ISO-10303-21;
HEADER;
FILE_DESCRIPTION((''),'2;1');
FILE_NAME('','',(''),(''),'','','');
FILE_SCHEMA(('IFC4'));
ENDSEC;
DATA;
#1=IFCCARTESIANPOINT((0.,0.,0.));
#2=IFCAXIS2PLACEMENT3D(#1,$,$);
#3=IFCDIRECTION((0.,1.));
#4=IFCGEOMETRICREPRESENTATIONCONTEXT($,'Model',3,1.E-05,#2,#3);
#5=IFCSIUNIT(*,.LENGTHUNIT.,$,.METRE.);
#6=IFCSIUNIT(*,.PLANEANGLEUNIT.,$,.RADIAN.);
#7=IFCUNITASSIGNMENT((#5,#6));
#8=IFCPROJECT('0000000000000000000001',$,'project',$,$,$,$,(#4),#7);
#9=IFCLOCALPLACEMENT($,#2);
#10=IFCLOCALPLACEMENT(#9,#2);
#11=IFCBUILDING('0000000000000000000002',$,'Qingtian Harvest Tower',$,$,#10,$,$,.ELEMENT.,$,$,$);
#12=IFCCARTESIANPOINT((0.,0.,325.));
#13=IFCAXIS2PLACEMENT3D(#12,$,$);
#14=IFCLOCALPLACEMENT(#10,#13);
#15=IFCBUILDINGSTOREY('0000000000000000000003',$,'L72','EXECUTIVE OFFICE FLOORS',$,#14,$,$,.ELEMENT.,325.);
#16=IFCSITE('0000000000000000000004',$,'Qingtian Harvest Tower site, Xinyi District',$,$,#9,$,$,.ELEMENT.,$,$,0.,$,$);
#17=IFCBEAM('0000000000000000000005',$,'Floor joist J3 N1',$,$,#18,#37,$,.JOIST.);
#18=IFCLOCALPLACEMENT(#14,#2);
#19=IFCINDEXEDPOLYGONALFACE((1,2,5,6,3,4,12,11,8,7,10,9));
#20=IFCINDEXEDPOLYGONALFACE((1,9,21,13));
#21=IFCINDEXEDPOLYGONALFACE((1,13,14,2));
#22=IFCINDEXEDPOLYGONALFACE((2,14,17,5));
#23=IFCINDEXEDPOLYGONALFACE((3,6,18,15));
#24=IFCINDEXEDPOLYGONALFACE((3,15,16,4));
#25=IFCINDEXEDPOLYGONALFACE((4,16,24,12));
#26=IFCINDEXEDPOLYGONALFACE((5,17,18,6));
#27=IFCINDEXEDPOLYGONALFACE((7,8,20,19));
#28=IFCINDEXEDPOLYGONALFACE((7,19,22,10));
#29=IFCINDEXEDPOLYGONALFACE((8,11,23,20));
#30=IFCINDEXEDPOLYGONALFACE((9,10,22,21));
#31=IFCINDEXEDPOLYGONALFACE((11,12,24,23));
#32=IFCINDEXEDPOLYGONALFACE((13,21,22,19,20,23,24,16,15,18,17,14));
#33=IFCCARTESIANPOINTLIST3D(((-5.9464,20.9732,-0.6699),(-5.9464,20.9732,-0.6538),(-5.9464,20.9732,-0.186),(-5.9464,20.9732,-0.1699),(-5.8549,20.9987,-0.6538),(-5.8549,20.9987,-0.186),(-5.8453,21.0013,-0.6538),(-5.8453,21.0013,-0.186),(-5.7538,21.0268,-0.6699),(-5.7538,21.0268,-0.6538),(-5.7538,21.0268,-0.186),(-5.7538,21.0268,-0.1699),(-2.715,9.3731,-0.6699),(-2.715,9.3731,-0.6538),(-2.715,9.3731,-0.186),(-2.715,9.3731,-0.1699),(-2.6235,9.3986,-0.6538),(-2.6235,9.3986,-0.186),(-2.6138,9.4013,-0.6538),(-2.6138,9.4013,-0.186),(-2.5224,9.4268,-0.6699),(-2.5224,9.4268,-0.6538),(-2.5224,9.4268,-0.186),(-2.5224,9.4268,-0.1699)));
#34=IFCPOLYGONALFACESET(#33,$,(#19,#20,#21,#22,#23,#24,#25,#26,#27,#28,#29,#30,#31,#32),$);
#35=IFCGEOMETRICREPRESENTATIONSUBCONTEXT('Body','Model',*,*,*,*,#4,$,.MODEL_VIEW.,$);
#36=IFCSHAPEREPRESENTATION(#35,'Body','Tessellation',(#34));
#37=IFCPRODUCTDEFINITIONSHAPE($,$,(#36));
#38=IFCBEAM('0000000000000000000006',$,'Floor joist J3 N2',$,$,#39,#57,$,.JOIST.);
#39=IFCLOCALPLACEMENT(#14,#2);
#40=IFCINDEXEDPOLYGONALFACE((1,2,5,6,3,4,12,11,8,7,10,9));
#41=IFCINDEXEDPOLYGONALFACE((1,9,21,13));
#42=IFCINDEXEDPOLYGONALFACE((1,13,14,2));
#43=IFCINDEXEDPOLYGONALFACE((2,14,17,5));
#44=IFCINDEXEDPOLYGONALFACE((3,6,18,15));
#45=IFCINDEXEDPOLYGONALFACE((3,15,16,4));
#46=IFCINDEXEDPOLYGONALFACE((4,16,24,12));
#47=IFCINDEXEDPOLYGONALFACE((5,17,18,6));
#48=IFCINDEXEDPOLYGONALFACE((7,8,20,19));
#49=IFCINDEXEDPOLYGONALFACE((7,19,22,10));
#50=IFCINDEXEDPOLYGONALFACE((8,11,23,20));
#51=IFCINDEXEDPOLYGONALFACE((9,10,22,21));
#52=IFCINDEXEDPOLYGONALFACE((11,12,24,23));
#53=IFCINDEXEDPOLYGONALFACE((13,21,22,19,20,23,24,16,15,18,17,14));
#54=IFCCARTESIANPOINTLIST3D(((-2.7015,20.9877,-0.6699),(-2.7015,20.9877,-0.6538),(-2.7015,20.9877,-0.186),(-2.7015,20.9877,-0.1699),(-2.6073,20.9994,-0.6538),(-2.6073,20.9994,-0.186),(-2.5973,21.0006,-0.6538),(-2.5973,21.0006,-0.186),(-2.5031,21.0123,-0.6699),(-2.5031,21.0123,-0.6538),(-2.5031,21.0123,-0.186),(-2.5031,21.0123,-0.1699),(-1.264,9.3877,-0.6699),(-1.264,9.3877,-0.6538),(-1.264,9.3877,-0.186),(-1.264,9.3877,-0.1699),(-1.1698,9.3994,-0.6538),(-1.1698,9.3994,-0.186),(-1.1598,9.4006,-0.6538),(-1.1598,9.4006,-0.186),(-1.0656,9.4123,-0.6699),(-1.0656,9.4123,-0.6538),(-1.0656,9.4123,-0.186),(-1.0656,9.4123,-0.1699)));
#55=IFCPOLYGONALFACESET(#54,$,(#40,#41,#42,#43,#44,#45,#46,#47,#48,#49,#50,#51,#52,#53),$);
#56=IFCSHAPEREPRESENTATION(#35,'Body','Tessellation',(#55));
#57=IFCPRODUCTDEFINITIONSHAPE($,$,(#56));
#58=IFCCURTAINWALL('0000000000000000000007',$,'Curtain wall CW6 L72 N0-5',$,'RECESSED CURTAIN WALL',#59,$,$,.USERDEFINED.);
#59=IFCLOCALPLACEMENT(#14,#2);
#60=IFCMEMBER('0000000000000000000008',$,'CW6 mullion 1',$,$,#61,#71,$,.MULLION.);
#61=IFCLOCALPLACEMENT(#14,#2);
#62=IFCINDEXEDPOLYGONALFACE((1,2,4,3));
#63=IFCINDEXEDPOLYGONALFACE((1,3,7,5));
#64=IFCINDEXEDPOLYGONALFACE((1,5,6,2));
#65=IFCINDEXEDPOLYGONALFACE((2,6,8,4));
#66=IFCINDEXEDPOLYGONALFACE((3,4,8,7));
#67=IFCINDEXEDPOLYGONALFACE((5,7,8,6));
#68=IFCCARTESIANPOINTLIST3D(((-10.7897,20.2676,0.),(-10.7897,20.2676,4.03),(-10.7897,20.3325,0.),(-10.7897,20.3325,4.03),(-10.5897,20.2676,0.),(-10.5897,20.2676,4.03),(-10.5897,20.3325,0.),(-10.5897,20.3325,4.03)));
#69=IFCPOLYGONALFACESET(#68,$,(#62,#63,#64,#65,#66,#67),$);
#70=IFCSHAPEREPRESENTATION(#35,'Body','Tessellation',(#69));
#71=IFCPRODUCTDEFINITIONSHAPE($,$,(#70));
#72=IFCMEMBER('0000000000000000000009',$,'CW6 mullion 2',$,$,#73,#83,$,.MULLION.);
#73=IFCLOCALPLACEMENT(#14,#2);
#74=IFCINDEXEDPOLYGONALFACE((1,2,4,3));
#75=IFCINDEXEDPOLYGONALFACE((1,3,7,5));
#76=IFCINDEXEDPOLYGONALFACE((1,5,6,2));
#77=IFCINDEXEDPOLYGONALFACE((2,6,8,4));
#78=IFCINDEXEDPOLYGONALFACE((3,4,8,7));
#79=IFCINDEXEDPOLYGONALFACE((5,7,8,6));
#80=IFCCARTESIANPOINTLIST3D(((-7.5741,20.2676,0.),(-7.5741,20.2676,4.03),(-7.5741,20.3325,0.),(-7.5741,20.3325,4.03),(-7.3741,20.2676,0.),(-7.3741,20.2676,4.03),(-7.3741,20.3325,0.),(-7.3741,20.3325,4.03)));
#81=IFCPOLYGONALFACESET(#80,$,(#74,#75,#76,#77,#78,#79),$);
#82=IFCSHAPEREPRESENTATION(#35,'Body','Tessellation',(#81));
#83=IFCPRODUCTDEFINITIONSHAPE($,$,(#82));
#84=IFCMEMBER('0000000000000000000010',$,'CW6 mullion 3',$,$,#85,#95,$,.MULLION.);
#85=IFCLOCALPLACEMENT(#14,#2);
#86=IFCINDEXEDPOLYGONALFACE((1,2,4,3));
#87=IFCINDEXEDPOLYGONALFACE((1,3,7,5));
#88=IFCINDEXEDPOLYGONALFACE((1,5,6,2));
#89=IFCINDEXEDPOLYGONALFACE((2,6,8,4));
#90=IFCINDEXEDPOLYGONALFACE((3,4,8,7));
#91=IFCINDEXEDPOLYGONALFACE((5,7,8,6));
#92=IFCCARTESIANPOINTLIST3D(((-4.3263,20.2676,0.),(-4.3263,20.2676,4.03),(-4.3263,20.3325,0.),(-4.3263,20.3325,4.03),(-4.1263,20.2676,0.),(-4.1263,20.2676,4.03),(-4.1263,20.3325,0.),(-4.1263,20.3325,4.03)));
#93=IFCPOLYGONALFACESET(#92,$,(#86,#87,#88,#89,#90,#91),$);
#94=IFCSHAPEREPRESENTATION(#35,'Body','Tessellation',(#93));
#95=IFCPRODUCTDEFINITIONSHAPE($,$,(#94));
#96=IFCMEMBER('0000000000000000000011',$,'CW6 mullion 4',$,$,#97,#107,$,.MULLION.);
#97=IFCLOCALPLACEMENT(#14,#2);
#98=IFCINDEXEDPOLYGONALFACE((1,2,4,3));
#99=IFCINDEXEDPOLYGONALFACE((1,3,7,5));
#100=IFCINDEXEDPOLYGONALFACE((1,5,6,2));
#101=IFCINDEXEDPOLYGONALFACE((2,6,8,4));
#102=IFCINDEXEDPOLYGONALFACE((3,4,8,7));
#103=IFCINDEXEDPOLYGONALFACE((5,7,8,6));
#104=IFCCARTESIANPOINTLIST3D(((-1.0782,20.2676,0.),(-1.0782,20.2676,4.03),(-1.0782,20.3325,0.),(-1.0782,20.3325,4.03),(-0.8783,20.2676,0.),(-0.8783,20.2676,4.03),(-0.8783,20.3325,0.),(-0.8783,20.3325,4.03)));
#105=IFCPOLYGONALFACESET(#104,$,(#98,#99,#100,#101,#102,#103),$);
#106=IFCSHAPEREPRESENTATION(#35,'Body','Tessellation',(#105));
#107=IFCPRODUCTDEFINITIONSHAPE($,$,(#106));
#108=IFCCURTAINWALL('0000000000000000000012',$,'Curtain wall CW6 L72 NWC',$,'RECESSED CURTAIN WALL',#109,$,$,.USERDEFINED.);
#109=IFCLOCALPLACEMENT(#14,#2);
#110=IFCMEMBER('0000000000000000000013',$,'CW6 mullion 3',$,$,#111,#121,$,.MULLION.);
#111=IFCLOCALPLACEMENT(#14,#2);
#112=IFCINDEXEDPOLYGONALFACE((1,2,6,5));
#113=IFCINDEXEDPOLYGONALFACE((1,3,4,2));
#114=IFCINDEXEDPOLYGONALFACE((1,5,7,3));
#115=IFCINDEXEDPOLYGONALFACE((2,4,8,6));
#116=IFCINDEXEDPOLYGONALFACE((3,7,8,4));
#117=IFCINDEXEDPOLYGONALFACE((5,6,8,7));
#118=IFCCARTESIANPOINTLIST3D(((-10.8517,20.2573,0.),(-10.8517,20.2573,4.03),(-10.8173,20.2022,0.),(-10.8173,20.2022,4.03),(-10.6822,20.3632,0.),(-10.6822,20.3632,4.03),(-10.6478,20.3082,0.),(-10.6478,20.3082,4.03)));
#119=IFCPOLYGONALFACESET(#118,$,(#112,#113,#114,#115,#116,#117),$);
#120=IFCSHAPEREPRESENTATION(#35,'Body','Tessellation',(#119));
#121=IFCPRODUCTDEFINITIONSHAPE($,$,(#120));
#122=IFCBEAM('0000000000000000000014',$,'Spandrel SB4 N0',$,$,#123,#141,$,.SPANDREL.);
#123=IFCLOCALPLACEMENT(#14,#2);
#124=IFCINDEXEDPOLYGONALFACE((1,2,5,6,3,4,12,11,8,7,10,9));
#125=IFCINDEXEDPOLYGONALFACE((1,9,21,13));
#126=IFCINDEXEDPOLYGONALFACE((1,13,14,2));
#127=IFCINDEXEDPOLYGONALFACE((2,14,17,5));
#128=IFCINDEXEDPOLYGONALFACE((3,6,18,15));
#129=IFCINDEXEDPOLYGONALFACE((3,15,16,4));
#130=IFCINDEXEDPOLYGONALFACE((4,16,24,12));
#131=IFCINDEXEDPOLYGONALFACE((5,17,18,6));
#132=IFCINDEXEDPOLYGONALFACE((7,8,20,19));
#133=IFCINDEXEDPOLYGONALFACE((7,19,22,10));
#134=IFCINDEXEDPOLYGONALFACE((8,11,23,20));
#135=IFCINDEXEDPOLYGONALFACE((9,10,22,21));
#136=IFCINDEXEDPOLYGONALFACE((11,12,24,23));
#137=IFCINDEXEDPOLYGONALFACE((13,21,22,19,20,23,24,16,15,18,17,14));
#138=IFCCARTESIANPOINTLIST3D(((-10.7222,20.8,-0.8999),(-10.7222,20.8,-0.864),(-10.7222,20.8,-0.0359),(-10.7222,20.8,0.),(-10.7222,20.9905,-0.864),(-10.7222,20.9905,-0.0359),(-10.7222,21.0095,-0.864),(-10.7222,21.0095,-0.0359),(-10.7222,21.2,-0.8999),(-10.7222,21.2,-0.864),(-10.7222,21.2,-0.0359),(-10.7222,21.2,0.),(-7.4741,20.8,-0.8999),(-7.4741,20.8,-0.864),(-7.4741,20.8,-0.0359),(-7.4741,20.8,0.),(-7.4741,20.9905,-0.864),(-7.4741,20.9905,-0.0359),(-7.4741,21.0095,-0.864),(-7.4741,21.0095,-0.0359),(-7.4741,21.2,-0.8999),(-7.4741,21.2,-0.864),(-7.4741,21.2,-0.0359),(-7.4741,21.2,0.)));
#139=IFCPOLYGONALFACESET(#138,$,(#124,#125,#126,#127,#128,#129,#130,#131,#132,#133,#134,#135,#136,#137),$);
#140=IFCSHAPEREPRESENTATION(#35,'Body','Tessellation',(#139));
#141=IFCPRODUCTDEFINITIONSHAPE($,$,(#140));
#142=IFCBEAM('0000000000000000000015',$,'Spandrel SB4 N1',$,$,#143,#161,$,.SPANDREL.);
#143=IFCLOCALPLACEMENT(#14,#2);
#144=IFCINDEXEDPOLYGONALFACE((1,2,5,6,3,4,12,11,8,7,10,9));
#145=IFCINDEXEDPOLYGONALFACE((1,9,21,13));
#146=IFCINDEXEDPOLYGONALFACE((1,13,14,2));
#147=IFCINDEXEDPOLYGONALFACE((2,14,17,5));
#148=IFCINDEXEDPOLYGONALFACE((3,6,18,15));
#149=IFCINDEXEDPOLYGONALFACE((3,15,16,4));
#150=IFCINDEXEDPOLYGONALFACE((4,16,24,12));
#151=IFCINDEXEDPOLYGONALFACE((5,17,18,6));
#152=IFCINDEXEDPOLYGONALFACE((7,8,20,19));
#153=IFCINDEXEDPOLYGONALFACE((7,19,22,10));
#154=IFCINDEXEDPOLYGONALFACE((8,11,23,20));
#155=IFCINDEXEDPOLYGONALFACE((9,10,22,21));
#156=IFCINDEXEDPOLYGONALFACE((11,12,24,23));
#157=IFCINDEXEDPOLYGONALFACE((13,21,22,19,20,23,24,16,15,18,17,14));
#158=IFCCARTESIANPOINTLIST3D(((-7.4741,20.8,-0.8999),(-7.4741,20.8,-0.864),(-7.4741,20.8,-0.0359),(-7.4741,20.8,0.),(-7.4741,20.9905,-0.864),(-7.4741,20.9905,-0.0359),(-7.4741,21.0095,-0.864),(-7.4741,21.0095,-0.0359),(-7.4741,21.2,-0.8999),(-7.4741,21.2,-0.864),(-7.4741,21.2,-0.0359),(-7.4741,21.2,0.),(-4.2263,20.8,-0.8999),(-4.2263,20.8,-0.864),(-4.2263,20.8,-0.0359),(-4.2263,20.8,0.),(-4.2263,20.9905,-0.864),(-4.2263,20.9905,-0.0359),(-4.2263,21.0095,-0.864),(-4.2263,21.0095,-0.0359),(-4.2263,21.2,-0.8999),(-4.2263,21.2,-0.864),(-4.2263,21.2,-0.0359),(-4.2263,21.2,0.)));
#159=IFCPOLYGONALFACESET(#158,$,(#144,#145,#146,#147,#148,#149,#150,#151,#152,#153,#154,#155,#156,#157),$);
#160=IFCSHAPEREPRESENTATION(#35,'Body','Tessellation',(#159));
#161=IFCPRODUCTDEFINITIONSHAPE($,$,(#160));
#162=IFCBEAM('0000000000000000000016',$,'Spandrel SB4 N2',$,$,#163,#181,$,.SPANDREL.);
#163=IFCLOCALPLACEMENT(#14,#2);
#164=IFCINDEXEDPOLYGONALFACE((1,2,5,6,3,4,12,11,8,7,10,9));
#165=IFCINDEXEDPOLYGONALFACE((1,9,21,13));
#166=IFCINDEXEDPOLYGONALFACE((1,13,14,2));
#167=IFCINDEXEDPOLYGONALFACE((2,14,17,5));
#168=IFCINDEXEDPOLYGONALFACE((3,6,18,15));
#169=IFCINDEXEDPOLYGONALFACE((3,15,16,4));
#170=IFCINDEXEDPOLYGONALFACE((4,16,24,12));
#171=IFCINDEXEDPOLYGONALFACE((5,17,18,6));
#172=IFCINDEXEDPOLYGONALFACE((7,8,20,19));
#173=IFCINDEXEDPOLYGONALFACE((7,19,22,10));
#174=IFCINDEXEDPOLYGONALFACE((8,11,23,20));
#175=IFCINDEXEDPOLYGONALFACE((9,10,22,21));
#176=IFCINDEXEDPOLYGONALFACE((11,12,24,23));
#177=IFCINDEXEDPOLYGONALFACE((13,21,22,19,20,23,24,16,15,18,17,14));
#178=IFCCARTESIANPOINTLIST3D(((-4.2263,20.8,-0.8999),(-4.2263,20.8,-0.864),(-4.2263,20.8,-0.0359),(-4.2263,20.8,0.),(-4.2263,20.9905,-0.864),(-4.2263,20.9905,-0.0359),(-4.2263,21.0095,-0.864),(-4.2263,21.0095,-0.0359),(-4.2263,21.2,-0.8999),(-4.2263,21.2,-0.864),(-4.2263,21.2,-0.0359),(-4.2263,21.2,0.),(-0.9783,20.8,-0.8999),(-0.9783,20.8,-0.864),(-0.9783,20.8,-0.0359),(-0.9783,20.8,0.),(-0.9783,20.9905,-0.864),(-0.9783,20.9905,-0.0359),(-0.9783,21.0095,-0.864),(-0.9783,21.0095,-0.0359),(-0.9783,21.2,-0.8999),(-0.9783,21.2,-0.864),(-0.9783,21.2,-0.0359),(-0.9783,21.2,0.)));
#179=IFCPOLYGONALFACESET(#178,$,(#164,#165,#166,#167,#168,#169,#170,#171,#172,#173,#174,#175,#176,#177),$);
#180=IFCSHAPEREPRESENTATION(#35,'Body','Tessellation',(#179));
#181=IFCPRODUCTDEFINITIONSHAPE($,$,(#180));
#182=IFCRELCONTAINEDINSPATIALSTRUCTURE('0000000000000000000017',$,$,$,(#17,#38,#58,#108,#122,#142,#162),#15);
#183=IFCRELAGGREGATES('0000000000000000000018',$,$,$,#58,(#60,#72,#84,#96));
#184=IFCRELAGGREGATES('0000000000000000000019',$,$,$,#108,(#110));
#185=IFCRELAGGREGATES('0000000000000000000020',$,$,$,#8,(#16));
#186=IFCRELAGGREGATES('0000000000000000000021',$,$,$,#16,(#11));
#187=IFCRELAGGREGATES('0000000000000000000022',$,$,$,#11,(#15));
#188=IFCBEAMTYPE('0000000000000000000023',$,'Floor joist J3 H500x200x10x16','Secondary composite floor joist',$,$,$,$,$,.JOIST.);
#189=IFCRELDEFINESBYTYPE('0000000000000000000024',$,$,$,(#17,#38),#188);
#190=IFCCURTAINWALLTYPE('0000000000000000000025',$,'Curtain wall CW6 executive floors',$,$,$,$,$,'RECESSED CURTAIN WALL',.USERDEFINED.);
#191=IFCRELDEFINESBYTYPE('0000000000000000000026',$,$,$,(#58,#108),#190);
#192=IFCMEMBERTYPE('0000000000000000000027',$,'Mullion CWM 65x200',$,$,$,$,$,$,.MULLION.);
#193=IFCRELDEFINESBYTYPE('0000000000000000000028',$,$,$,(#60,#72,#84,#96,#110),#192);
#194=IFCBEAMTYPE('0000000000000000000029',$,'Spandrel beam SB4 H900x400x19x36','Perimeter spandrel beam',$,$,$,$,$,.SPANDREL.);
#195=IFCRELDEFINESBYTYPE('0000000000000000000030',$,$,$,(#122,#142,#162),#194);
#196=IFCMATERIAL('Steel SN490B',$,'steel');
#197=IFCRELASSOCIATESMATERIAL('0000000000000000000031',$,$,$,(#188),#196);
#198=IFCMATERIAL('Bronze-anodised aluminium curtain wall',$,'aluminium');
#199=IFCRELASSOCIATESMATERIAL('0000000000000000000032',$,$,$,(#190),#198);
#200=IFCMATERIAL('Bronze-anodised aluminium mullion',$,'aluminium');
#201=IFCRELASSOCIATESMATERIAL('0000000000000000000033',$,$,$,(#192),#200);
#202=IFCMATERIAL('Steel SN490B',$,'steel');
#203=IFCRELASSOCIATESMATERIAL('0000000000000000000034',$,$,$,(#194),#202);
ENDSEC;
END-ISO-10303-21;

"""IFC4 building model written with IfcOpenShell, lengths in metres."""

from ifc_helpers import new_model, si_unit, direction, frame, origin, origin_2d, place, context, subcontext, project, spatial, rectangle, i_section, extrude, material, material_profile, profile_set, type_object, element, aggregate, save


model = new_model("IFC4")

# Units and contexts
model_context = context("Model", 3, precision=1e-05, world=origin(), true_north=direction((0.0, 1.0)))
body_context = subcontext(model_context, "Body", "Model", "MODEL_VIEW")
ifc_project = project(units=[si_unit("LENGTHUNIT", "METRE"), si_unit("PLANEANGLEUNIT", "RADIAN")], contexts=[model_context])

# Site, building, storey
site_placement = place(None, origin())
site = spatial("IfcSite", under=ifc_project, at=site_placement, Name="Qingtian Harvest Tower site, Xinyi District", CompositionType="ELEMENT", RefElevation=0.0)
building_placement = place(site_placement, origin())
building = spatial("IfcBuilding", under=site, at=building_placement, Name="Qingtian Harvest Tower", CompositionType="ELEMENT")
storey_placement = place(building_placement, frame((0.0, 0.0, 325.0)))
storey = spatial("IfcBuildingStorey", under=building, at=storey_placement, Name="L72", Description="EXECUTIVE OFFICE FLOORS", CompositionType="ELEMENT", Elevation=325.0)

# Beams
ifc_material_1 = material(Name="Steel SN490B", Category="steel")
ifc_material_profile_1 = material_profile(ifc_material_1, i_section(OverallWidth=0.2, OverallDepth=0.5, WebThickness=0.01, FlangeThickness=0.0161, at=origin_2d()), Name="H500x200x10x16")
ifc_profile_set_1 = profile_set([ifc_material_profile_1], Name="Steel SN490B")
beam_type_1 = type_object("IfcBeamType", Name="Floor joist J3 H500x200x10x16", Description="Secondary composite floor joist", PredefinedType="JOIST", material=ifc_profile_set_1)
beam_1_placement = place(storey_placement, frame((-5.8501, 21.0, -0.4199), z_axis=(0.268353, -0.963321, 0.0), x_axis=(0.963321, 0.268353, 0.0)))
element("IfcBeam", 1, at=beam_1_placement, inside=storey, type_object=beam_type_1, Name="Floor joist J3 N1", PredefinedType="JOIST", context=body_context, shape_type="SweptSolid", body=[
    extrude(i_section(OverallWidth=0.2, OverallDepth=0.5, WebThickness=0.01, FlangeThickness=0.0161, at=origin_2d()), origin(), (0.0, 0.0, 1.0), 12.0417),
])
beam_2_placement = place(storey_placement, frame((-2.6023, 21.0, -0.4199), z_axis=(0.122981, -0.992409, 0.0), x_axis=(0.992409, 0.122981, 0.0)))
element("IfcBeam", 2, at=beam_2_placement, inside=storey, type_object=beam_type_1, Name="Floor joist J3 N2", PredefinedType="JOIST", context=body_context, shape_type="SweptSolid", body=[
    extrude(i_section(OverallWidth=0.2, OverallDepth=0.5, WebThickness=0.01, FlangeThickness=0.0161, at=origin_2d()), origin(), (0.0, 0.0, 1.0), 11.6887),
])

# Curtain wall, members
ifc_material_2 = material(Name="Bronze-anodised aluminium curtain wall", Category="aluminium")
curtain_wall_type = type_object("IfcCurtainWallType", Name="Curtain wall CW6 executive floors", ElementType="RECESSED CURTAIN WALL", PredefinedType="USERDEFINED", material=ifc_material_2)
curtain_wall_1_placement = place(storey_placement, origin())
curtain_wall_1 = element("IfcCurtainWall", 3, at=curtain_wall_1_placement, inside=storey, type_object=curtain_wall_type, Name="Curtain wall CW6 L72 N0-5", ObjectType="RECESSED CURTAIN WALL", PredefinedType="USERDEFINED")
ifc_material_3 = material(Name="Bronze-anodised aluminium mullion", Category="aluminium")
ifc_material_profile_2 = material_profile(ifc_material_3, rectangle(XDim=0.0649, YDim=0.2, at=origin_2d()), Name="AL 65x200")
ifc_profile_set_2 = profile_set([ifc_material_profile_2], Name="Bronze-anodised aluminium mullion")
member_type_1 = type_object("IfcMemberType", Name="Mullion CWM 65x200", PredefinedType="MULLION", material=ifc_profile_set_2)
member_1_placement = place(storey_placement, frame((-10.6897, 20.3, 0.0), z_axis=(0.0, 0.0, 1.0), x_axis=(0.0, 1.0, 0.0)))
member_1 = element("IfcMember", 4, at=member_1_placement, type_object=member_type_1, Name="CW6 mullion 1", PredefinedType="MULLION", context=body_context, shape_type="SweptSolid", body=[
    extrude(rectangle(XDim=0.0649, YDim=0.2, at=origin_2d()), origin(), (0.0, 0.0, 1.0), 4.03),
])
member_2_placement = place(storey_placement, frame((-7.4741, 20.3, 0.0), z_axis=(0.0, 0.0, 1.0), x_axis=(0.0, 1.0, 0.0)))
member_2 = element("IfcMember", 5, at=member_2_placement, type_object=member_type_1, Name="CW6 mullion 2", PredefinedType="MULLION", context=body_context, shape_type="SweptSolid", body=[
    extrude(rectangle(XDim=0.0649, YDim=0.2, at=origin_2d()), origin(), (0.0, 0.0, 1.0), 4.03),
])
member_3_placement = place(storey_placement, frame((-4.2263, 20.3, 0.0), z_axis=(0.0, 0.0, 1.0), x_axis=(0.0, 1.0, 0.0)))
member_3 = element("IfcMember", 6, at=member_3_placement, type_object=member_type_1, Name="CW6 mullion 3", PredefinedType="MULLION", context=body_context, shape_type="SweptSolid", body=[
    extrude(rectangle(XDim=0.0649, YDim=0.2, at=origin_2d()), origin(), (0.0, 0.0, 1.0), 4.03),
])
member_4_placement = place(storey_placement, frame((-0.9783, 20.3, 0.0), z_axis=(0.0, 0.0, 1.0), x_axis=(0.0, 1.0, 0.0)))
member_4 = element("IfcMember", 7, at=member_4_placement, type_object=member_type_1, Name="CW6 mullion 4", PredefinedType="MULLION", context=body_context, shape_type="SweptSolid", body=[
    extrude(rectangle(XDim=0.0649, YDim=0.2, at=origin_2d()), origin(), (0.0, 0.0, 1.0), 4.03),
])

# Curtain wall, member
curtain_wall_2_placement = place(storey_placement, origin())
curtain_wall_2 = element("IfcCurtainWall", 8, at=curtain_wall_2_placement, inside=storey, type_object=curtain_wall_type, Name="Curtain wall CW6 L72 NWC", ObjectType="RECESSED CURTAIN WALL", PredefinedType="USERDEFINED")
member_5_placement = place(storey_placement, frame((-10.7498, 20.2827, 0.0), z_axis=(0.0, 0.0, 1.0), x_axis=(-0.529919, 0.848048, 0.0)))
member_5 = element("IfcMember", 9, at=member_5_placement, type_object=member_type_1, Name="CW6 mullion 3", PredefinedType="MULLION", context=body_context, shape_type="SweptSolid", body=[
    extrude(rectangle(XDim=0.0649, YDim=0.2, at=origin_2d()), origin(), (0.0, 0.0, 1.0), 4.03),
])

# Beams
ifc_material_4 = material(Name="Steel SN490B", Category="steel")
ifc_material_profile_3 = material_profile(ifc_material_4, i_section(OverallWidth=0.3999, OverallDepth=0.8999, WebThickness=0.019, FlangeThickness=0.0359, at=origin_2d()), Name="H900x400x19x36")
ifc_profile_set_3 = profile_set([ifc_material_profile_3], Name="Steel SN490B")
beam_type_2 = type_object("IfcBeamType", Name="Spandrel beam SB4 H900x400x19x36", Description="Perimeter spandrel beam", PredefinedType="SPANDREL", material=ifc_profile_set_3)
beam_3_placement = place(storey_placement, frame((-10.7222, 21.0, -0.45), z_axis=(1.0, 0.0, 0.0), x_axis=(0.0, 1.0, 0.0)))
element("IfcBeam", 10, at=beam_3_placement, inside=storey, type_object=beam_type_2, Name="Spandrel SB4 N0", PredefinedType="SPANDREL", context=body_context, shape_type="SweptSolid", body=[
    extrude(i_section(OverallWidth=0.3999, OverallDepth=0.8999, WebThickness=0.019, FlangeThickness=0.0359, at=origin_2d()), origin(), (0.0, 0.0, 1.0), 3.248),
])
beam_4_placement = place(storey_placement, frame((-7.4741, 21.0, -0.45), z_axis=(1.0, 0.0, 0.0), x_axis=(0.0, 1.0, 0.0)))
element("IfcBeam", 11, at=beam_4_placement, inside=storey, type_object=beam_type_2, Name="Spandrel SB4 N1", PredefinedType="SPANDREL", context=body_context, shape_type="SweptSolid", body=[
    extrude(i_section(OverallWidth=0.3999, OverallDepth=0.8999, WebThickness=0.019, FlangeThickness=0.0359, at=origin_2d()), origin(), (0.0, 0.0, 1.0), 3.2478),
])
for number, where, z_axis, x_axis, name in (
    (12, (-4.2263, 21.0, -0.45), (1.0, 0.0, 0.0), (0.0, 1.0, 0.0), "Spandrel SB4 N2"),
):
    element("IfcBeam", number, at=place(storey_placement, frame(where, z_axis=z_axis, x_axis=x_axis)), inside=storey, type_object=beam_type_2, Name=name, PredefinedType="SPANDREL", context=body_context, shape_type="SweptSolid", body=[
        extrude(i_section(OverallWidth=0.3999, OverallDepth=0.8999, WebThickness=0.019, FlangeThickness=0.0359, at=origin_2d()), origin(), (0.0, 0.0, 1.0), 3.248),
    ])

aggregate(curtain_wall_1, [member_1, member_2, member_3, member_4])
aggregate(curtain_wall_2, [member_5])

save(model, "model.ifc")
